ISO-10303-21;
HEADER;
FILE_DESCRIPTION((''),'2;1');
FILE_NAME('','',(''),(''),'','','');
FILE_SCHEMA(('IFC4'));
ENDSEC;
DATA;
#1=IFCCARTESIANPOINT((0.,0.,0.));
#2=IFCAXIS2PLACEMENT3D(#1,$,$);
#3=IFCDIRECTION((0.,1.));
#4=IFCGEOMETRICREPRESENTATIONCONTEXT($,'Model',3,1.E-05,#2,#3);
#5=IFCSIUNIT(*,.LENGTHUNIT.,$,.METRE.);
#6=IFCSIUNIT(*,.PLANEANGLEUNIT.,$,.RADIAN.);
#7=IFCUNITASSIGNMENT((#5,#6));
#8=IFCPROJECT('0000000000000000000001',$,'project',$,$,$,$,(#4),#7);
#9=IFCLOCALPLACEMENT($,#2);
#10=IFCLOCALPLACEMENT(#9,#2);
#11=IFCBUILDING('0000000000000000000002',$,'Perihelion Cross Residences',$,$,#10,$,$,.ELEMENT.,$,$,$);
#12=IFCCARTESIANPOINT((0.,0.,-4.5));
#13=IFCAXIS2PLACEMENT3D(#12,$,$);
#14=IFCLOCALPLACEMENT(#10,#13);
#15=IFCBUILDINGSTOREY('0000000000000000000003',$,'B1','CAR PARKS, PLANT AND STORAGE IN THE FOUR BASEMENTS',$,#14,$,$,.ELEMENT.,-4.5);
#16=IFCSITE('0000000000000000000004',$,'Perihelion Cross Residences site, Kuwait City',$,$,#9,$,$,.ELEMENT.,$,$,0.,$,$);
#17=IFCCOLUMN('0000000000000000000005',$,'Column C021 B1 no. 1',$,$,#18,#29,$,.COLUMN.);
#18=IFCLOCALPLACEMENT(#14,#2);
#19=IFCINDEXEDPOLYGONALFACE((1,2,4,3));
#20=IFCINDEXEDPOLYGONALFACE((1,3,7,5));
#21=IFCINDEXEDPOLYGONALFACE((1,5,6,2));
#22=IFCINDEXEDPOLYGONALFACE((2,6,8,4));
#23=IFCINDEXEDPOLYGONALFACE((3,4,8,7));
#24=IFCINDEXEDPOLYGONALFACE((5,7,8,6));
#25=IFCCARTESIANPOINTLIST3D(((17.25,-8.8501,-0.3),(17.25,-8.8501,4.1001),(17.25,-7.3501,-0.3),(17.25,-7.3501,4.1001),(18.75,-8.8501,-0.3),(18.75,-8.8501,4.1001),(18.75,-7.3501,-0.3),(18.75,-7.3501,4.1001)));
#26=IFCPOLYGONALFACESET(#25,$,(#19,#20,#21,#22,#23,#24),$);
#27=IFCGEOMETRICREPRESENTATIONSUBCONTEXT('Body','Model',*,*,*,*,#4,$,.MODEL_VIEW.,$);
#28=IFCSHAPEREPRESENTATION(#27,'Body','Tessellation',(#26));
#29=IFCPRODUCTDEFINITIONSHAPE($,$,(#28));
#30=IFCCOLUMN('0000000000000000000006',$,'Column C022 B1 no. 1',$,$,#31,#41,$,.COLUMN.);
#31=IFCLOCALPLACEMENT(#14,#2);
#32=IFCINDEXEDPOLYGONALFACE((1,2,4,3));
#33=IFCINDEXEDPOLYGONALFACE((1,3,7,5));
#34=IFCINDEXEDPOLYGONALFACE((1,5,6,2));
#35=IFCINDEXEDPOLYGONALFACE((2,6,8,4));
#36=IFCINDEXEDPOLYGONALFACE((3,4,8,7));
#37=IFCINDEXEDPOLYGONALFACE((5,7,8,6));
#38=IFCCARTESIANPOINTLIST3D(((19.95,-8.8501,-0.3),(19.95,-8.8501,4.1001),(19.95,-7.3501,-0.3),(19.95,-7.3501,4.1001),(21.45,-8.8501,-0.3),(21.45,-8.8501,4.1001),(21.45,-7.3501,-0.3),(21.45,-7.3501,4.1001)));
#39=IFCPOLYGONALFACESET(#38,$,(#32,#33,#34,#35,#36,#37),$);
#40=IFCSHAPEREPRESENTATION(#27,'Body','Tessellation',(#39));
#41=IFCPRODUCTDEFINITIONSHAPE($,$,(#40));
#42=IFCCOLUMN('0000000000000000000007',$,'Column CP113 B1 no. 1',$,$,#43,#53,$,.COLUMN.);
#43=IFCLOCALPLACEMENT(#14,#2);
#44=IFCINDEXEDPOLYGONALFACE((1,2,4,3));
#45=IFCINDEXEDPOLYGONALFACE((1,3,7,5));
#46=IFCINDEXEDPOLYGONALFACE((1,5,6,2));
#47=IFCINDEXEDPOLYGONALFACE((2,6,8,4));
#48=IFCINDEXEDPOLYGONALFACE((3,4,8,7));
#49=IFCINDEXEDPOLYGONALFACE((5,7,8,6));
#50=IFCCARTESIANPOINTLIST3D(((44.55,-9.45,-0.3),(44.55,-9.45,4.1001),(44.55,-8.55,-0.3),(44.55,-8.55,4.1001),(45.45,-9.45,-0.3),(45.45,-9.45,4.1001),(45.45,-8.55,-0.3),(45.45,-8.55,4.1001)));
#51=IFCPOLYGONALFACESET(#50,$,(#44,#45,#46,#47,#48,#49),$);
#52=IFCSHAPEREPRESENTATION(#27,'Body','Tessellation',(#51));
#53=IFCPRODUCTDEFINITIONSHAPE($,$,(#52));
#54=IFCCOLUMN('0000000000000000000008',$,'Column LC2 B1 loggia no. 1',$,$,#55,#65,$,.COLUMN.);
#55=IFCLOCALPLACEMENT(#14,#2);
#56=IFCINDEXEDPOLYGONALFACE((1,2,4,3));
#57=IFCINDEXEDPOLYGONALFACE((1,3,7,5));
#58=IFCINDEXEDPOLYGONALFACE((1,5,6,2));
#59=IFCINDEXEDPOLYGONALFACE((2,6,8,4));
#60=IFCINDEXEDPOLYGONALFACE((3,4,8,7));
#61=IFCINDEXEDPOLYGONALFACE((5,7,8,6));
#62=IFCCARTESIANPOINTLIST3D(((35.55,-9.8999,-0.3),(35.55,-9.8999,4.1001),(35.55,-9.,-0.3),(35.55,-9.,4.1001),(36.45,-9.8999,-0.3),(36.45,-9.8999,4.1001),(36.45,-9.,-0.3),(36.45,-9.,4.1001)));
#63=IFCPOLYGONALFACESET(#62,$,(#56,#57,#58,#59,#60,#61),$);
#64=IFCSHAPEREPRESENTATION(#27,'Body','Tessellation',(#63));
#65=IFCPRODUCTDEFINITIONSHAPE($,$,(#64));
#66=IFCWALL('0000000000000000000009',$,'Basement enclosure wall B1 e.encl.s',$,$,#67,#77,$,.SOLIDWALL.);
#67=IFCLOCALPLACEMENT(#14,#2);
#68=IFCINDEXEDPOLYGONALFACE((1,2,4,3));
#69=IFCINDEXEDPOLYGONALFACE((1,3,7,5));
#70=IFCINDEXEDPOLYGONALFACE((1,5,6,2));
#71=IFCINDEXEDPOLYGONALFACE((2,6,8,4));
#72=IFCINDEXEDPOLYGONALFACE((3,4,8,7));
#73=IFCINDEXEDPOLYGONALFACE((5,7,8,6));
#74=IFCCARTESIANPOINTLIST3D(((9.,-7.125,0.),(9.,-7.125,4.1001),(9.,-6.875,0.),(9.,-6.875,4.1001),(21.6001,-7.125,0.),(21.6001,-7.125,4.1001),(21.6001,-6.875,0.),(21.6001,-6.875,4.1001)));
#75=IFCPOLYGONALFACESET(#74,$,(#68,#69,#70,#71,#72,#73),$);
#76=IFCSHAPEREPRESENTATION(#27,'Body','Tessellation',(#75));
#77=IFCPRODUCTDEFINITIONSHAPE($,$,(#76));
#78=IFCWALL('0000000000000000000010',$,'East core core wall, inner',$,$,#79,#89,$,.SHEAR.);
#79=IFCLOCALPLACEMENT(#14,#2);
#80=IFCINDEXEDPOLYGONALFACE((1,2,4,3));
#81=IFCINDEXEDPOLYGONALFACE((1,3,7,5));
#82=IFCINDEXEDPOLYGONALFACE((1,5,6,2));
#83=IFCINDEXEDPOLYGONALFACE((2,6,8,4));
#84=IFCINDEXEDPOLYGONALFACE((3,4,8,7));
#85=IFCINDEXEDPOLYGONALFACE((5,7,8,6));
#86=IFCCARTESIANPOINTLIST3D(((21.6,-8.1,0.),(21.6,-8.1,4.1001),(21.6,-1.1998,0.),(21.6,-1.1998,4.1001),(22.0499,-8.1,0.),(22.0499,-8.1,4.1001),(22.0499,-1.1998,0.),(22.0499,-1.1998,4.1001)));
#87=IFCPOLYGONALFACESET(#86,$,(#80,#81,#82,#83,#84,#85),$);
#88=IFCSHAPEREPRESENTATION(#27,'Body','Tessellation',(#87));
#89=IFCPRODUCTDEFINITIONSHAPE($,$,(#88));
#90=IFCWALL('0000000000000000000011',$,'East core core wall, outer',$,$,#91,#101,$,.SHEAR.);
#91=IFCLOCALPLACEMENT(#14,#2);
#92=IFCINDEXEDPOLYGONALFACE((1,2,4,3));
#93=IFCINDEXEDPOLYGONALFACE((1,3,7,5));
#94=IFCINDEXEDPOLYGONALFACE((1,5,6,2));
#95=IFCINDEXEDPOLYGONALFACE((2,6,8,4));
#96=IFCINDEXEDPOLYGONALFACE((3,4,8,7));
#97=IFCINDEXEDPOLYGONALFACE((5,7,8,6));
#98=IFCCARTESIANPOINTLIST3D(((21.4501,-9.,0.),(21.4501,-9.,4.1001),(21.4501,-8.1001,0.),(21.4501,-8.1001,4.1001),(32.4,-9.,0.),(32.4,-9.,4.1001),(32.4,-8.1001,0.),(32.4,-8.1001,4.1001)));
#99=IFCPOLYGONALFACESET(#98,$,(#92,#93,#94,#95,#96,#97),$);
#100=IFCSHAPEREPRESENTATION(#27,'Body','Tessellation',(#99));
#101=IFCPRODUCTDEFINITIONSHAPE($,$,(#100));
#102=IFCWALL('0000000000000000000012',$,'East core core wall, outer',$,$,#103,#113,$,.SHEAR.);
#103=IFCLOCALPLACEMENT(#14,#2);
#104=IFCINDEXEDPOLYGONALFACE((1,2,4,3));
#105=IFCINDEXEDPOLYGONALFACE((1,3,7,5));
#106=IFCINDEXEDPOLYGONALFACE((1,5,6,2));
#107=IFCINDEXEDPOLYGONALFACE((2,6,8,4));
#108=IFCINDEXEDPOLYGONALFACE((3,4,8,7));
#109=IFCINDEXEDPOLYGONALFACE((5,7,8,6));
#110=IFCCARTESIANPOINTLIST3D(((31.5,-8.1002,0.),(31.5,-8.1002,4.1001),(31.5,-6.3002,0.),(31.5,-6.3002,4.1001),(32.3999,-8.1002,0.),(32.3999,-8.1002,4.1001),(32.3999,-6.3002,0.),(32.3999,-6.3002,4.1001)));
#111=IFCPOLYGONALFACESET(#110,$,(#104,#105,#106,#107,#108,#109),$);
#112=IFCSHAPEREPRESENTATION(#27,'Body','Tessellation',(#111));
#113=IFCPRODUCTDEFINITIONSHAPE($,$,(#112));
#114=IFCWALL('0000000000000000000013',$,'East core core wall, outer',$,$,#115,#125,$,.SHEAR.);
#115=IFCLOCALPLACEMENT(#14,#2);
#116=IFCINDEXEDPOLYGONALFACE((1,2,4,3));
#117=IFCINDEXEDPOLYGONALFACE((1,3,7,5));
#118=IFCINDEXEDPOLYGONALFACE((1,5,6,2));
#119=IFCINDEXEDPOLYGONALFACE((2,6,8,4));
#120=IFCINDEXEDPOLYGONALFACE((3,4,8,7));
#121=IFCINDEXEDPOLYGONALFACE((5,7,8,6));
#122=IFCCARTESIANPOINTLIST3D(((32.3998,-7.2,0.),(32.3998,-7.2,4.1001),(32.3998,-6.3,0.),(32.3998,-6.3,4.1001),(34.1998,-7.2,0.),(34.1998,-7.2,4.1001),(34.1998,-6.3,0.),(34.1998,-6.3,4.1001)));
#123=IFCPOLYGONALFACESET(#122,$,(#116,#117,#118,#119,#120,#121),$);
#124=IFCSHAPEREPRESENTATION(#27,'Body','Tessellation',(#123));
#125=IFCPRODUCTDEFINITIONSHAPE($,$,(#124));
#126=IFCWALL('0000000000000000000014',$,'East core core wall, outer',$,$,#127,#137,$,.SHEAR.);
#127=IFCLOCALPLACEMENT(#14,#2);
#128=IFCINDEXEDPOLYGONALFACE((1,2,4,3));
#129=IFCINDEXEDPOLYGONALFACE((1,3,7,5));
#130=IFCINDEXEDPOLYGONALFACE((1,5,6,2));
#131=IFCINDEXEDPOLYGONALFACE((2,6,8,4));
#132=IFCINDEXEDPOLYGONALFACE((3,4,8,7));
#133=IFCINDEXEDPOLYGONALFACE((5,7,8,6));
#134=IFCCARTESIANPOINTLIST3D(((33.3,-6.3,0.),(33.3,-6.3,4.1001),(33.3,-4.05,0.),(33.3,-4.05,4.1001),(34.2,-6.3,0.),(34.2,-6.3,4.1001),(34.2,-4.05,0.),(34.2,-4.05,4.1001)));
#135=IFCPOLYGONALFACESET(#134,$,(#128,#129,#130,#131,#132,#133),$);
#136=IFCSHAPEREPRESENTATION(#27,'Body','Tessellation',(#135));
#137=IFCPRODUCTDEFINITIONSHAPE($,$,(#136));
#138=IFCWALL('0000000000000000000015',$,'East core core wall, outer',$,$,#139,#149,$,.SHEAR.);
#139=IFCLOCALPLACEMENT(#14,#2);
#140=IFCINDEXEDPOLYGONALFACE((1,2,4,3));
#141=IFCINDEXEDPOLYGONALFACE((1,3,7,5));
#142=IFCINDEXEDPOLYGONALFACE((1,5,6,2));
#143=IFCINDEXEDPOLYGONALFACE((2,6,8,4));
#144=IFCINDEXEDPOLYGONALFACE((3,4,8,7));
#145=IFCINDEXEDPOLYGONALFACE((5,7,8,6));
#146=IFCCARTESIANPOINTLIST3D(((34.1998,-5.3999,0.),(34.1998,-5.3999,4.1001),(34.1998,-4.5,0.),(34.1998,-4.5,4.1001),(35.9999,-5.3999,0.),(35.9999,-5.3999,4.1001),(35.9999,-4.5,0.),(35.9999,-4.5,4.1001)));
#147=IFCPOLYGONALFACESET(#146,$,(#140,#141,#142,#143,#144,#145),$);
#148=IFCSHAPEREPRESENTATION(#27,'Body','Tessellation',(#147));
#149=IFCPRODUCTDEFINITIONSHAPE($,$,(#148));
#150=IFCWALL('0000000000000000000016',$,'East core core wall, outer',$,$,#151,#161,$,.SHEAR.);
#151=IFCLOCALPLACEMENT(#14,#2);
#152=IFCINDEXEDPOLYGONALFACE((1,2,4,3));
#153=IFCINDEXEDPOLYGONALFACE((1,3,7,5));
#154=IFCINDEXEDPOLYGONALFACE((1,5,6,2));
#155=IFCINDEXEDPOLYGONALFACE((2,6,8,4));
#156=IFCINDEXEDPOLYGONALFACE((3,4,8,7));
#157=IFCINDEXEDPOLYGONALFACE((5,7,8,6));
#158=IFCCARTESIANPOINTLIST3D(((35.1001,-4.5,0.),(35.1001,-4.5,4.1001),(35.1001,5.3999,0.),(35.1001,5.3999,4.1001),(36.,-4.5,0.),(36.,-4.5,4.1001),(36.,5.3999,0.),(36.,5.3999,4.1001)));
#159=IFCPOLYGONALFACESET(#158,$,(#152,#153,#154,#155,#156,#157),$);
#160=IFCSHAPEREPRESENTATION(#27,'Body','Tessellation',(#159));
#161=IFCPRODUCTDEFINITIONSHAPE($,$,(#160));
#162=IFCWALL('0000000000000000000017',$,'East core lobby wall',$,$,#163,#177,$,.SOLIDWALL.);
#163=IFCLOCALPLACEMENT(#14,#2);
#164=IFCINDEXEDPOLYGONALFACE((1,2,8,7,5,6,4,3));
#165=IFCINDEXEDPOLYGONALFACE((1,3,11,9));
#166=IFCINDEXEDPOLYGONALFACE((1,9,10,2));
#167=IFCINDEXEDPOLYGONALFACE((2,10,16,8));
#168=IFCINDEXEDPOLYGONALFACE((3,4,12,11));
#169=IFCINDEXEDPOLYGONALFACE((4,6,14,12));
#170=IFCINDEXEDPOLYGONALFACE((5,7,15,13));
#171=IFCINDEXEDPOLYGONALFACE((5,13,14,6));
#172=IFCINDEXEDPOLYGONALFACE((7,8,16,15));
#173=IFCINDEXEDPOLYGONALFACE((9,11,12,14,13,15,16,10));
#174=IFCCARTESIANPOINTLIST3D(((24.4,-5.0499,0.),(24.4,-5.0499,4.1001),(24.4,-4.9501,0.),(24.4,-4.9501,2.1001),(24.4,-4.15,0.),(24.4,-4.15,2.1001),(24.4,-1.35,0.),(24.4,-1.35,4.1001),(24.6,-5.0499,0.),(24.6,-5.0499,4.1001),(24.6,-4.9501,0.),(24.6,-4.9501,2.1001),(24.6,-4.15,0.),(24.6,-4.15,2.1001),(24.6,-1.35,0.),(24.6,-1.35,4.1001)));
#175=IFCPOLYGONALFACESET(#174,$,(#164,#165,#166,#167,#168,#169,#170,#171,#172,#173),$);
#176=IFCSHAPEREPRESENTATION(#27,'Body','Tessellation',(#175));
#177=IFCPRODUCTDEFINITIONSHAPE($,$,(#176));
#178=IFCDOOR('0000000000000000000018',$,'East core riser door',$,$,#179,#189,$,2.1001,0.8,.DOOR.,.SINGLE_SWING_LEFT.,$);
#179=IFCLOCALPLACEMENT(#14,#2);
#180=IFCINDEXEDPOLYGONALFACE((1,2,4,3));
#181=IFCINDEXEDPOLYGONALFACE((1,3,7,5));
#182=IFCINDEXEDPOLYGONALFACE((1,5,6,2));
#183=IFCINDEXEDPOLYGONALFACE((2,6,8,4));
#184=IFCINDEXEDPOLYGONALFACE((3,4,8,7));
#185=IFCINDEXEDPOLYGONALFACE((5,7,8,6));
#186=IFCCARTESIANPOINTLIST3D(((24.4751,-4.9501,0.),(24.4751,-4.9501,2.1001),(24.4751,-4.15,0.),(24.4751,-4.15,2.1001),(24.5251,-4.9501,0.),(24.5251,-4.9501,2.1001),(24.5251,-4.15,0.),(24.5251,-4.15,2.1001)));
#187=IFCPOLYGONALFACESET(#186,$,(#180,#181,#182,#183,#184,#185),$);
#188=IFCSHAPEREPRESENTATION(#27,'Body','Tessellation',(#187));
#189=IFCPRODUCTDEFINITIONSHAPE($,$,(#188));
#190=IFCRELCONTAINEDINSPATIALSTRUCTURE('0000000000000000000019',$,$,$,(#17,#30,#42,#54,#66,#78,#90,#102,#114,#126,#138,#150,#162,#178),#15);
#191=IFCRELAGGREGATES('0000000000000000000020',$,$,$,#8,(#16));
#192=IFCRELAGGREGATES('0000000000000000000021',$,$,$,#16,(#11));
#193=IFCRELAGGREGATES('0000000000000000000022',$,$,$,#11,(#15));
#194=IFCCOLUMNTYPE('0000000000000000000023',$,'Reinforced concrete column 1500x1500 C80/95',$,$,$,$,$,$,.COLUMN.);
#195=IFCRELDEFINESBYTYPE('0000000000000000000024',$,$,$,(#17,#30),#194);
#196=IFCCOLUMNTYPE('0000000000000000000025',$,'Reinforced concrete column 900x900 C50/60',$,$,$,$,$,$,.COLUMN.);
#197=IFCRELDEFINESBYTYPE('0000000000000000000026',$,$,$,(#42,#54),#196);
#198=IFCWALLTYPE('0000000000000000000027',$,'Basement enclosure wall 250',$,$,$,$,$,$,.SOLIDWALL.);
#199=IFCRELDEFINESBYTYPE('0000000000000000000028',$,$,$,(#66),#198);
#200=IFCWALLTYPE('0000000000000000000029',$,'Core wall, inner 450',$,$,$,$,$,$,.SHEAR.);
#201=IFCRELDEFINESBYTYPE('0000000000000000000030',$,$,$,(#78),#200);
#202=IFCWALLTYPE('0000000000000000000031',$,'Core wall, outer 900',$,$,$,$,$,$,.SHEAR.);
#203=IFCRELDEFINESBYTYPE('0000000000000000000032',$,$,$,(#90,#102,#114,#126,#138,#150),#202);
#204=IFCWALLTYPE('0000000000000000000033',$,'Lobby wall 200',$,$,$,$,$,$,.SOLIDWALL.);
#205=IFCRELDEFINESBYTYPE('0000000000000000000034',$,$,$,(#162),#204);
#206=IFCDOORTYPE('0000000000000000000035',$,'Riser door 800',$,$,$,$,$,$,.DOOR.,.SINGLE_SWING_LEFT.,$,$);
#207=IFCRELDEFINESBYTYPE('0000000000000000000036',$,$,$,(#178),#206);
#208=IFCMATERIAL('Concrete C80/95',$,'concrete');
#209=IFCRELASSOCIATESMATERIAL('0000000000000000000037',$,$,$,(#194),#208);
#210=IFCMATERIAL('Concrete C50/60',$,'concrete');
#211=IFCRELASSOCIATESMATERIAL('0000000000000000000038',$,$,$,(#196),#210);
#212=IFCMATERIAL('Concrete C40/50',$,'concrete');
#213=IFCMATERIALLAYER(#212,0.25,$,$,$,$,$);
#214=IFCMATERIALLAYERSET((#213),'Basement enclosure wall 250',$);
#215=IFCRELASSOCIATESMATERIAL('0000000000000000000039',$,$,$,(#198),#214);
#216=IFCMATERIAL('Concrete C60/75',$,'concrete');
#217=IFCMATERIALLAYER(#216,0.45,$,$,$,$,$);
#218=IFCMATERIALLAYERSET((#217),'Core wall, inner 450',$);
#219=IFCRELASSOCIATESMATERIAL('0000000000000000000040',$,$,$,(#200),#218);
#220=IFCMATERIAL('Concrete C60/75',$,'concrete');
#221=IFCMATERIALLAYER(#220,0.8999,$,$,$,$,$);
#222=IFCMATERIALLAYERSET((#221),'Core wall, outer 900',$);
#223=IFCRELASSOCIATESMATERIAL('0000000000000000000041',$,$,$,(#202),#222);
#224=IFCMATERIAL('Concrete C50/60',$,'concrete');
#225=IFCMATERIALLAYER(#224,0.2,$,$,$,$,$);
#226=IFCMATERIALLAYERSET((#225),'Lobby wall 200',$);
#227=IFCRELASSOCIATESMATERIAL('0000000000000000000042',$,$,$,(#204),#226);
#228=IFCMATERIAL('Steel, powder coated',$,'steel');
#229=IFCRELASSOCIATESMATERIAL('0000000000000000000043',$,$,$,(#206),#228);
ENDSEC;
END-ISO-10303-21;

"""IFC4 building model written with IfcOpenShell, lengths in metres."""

from ifc_helpers import new_model, si_unit, direction, frame, frame_2d, origin, origin_2d, place, context, subcontext, project, spatial, rectangle, extrude, material, layer, layer_set, material_profile, profile_set, type_object, element, fill, save


model = new_model("IFC4")

# Units and contexts
model_context = context("Model", 3, precision=1e-05, world=origin(), true_north=direction((0.0, 1.0)))
body_context = subcontext(model_context, "Body", "Model", "MODEL_VIEW")
ifc_project = project(units=[si_unit("LENGTHUNIT", "METRE"), si_unit("PLANEANGLEUNIT", "RADIAN")], contexts=[model_context])

# Site, building, storey
site_placement = place(None, origin())
site = spatial("IfcSite", under=ifc_project, at=site_placement, Name="Perihelion Cross Residences site, Kuwait City", CompositionType="ELEMENT", RefElevation=0.0)
building_placement = place(site_placement, origin())
building = spatial("IfcBuilding", under=site, at=building_placement, Name="Perihelion Cross Residences", CompositionType="ELEMENT")
storey_placement = place(building_placement, frame((0.0, 0.0, -4.5)))
storey = spatial("IfcBuildingStorey", under=building, at=storey_placement, Name="B1", Description="CAR PARKS, PLANT AND STORAGE IN THE FOUR BASEMENTS", CompositionType="ELEMENT", Elevation=-4.5)

# Columns
ifc_material_1 = material(Name="Concrete C80/95", Category="concrete")
ifc_material_profile_1 = material_profile(ifc_material_1, rectangle(XDim=1.5, YDim=1.5, at=origin_2d()), Name="RC 1500x1500")
ifc_profile_set_1 = profile_set([ifc_material_profile_1], Name="Concrete C80/95")
column_type_1 = type_object("IfcColumnType", Name="Reinforced concrete column 1500x1500 C80/95", PredefinedType="COLUMN", material=ifc_profile_set_1)
for number, where, z_axis, x_axis, name in (
    (1, (18.0, -8.1001, -0.3), (0.0, 0.0, 1.0), (1.0, 0.0, 0.0), "Column C021 B1 no. 1"),
    (2, (20.7, -8.1001, -0.3), (0.0, 0.0, 1.0), (1.0, 0.0, 0.0), "Column C022 B1 no. 1"),
):
    element("IfcColumn", number, at=place(storey_placement, frame(where, z_axis=z_axis, x_axis=x_axis)), inside=storey, type_object=column_type_1, Name=name, PredefinedType="COLUMN", context=body_context, shape_type="SweptSolid", body=[
        extrude(rectangle(XDim=1.5, YDim=1.5, at=origin_2d()), origin(), (0.0, 0.0, 1.0), 4.4001),
    ])
ifc_material_2 = material(Name="Concrete C50/60", Category="concrete")
ifc_material_profile_2 = material_profile(ifc_material_2, rectangle(XDim=0.8999, YDim=0.8999, at=origin_2d()), Name="RC 900x900")
ifc_profile_set_2 = profile_set([ifc_material_profile_2], Name="Concrete C50/60")
column_type_2 = type_object("IfcColumnType", Name="Reinforced concrete column 900x900 C50/60", PredefinedType="COLUMN", material=ifc_profile_set_2)
for number, where, z_axis, x_axis, name in (
    (3, (45.0, -9.0, -0.3), (0.0, 0.0, 1.0), (1.0, 0.0, 0.0), "Column CP113 B1 no. 1"),
    (4, (36.0, -9.45, -0.3), (0.0, 0.0, 1.0), (1.0, 0.0, 0.0), "Column LC2 B1 loggia no. 1"),
):
    element("IfcColumn", number, at=place(storey_placement, frame(where, z_axis=z_axis, x_axis=x_axis)), inside=storey, type_object=column_type_2, Name=name, PredefinedType="COLUMN", context=body_context, shape_type="SweptSolid", body=[
        extrude(rectangle(XDim=0.8999, YDim=0.8999, at=origin_2d()), origin(), (0.0, 0.0, 1.0), 4.4001),
    ])

# Walls
ifc_material_3 = material(Name="Concrete C40/50", Category="concrete")
ifc_layer_1 = layer(ifc_material_3, 0.25)
ifc_layer_set_1 = layer_set([ifc_layer_1], Name="Basement enclosure wall 250")
wall_type_1 = type_object("IfcWallType", Name="Basement enclosure wall 250", PredefinedType="SOLIDWALL", material=ifc_layer_set_1)
wall_1_placement = place(storey_placement, frame((9.0, -7.0, 0.0), z_axis=(0.0, 0.0, 1.0), x_axis=(1.0, 0.0, 0.0)))
element("IfcWall", 5, at=wall_1_placement, inside=storey, type_object=wall_type_1, Name="Basement enclosure wall B1 e.encl.s", PredefinedType="SOLIDWALL", context=body_context, shape_type="SweptSolid", body=[
    extrude(rectangle(XDim=12.6001, YDim=0.25, at=frame_2d((6.3, 0.0))), origin(), (0.0, 0.0, 1.0), 4.1001),
])
ifc_material_4 = material(Name="Concrete C60/75", Category="concrete")
ifc_layer_2 = layer(ifc_material_4, 0.45)
ifc_layer_set_2 = layer_set([ifc_layer_2], Name="Core wall, inner 450")
wall_type_2 = type_object("IfcWallType", Name="Core wall, inner 450", PredefinedType="SHEAR", material=ifc_layer_set_2)
wall_2_placement = place(storey_placement, frame((21.825, -8.1001, 0.0), z_axis=(0.0, 0.0, 1.0), x_axis=(0.0, 1.0, 0.0)))
element("IfcWall", 6, at=wall_2_placement, inside=storey, type_object=wall_type_2, Name="East core core wall, inner", PredefinedType="SHEAR", context=body_context, shape_type="SweptSolid", body=[
    extrude(rectangle(XDim=6.9001, YDim=0.45, at=frame_2d((3.4502, 0.0))), origin(), (0.0, 0.0, 1.0), 4.1001),
])
ifc_material_5 = material(Name="Concrete C60/75", Category="concrete")
ifc_layer_3 = layer(ifc_material_5, 0.8999)
ifc_layer_set_3 = layer_set([ifc_layer_3], Name="Core wall, outer 900")
wall_type_3 = type_object("IfcWallType", Name="Core wall, outer 900", PredefinedType="SHEAR", material=ifc_layer_set_3)
wall_3_placement = place(storey_placement, frame((21.45, -8.55, 0.0), z_axis=(0.0, 0.0, 1.0), x_axis=(1.0, 0.0, 0.0)))
element("IfcWall", 7, at=wall_3_placement, inside=storey, type_object=wall_type_3, Name="East core core wall, outer", PredefinedType="SHEAR", context=body_context, shape_type="SweptSolid", body=[
    extrude(rectangle(XDim=10.95, YDim=0.8999, at=frame_2d((5.4751, 0.0))), origin(), (0.0, 0.0, 1.0), 4.1001),
])
for number, where, z_axis, x_axis, name in (
    (8, (31.95, -8.1001, 0.0), (0.0, 0.0, 1.0), (0.0, 1.0, 0.0), "East core core wall, outer"),
    (9, (32.3999, -6.75, 0.0), (0.0, 0.0, 1.0), (1.0, 0.0, 0.0), "East core core wall, outer"),
):
    element("IfcWall", number, at=place(storey_placement, frame(where, z_axis=z_axis, x_axis=x_axis)), inside=storey, type_object=wall_type_3, Name=name, PredefinedType="SHEAR", context=body_context, shape_type="SweptSolid", body=[
        extrude(rectangle(XDim=1.8, YDim=0.8999, at=frame_2d((0.8999, 0.0))), origin(), (0.0, 0.0, 1.0), 4.1001),
    ])
wall_4_placement = place(storey_placement, frame((33.75, -6.3, 0.0), z_axis=(0.0, 0.0, 1.0), x_axis=(0.0, 1.0, 0.0)))
element("IfcWall", 10, at=wall_4_placement, inside=storey, type_object=wall_type_3, Name="East core core wall, outer", PredefinedType="SHEAR", context=body_context, shape_type="SweptSolid", body=[
    extrude(rectangle(XDim=2.25, YDim=0.8999, at=frame_2d((1.125, 0.0))), origin(), (0.0, 0.0, 1.0), 4.1001),
])
wall_5_placement = place(storey_placement, frame((34.2, -4.95, 0.0), z_axis=(0.0, 0.0, 1.0), x_axis=(1.0, 0.0, 0.0)))
element("IfcWall", 11, at=wall_5_placement, inside=storey, type_object=wall_type_3, Name="East core core wall, outer", PredefinedType="SHEAR", context=body_context, shape_type="SweptSolid", body=[
    extrude(rectangle(XDim=1.8, YDim=0.8999, at=frame_2d((0.8999, 0.0))), origin(), (0.0, 0.0, 1.0), 4.1001),
])
wall_6_placement = place(storey_placement, frame((35.55, -4.5, 0.0), z_axis=(0.0, 0.0, 1.0), x_axis=(0.0, 1.0, 0.0)))
element("IfcWall", 12, at=wall_6_placement, inside=storey, type_object=wall_type_3, Name="East core core wall, outer", PredefinedType="SHEAR", context=body_context, shape_type="SweptSolid", body=[
    extrude(rectangle(XDim=9.8999, YDim=0.8999, at=frame_2d((4.95, 0.0))), origin(), (0.0, 0.0, 1.0), 4.1001),
])

# Wall, opening, door
ifc_material_6 = material(Name="Concrete C50/60", Category="concrete")
ifc_layer_4 = layer(ifc_material_6, 0.2)
ifc_layer_set_4 = layer_set([ifc_layer_4], Name="Lobby wall 200")
wall_type_4 = type_object("IfcWallType", Name="Lobby wall 200", PredefinedType="SOLIDWALL", material=ifc_layer_set_4)
wall_7_placement = place(storey_placement, frame((24.5, -5.05, 0.0), z_axis=(0.0, 0.0, 1.0), x_axis=(0.0, 1.0, 0.0)))
wall_7 = element("IfcWall", 13, at=wall_7_placement, inside=storey, type_object=wall_type_4, Name="East core lobby wall", PredefinedType="SOLIDWALL", context=body_context, shape_type="SweptSolid", body=[
    extrude(rectangle(XDim=3.7, YDim=0.2, at=frame_2d((1.8501, 0.0))), origin(), (0.0, 0.0, 1.0), 4.1001),
])
opening_1_placement = place(wall_7_placement, frame((0.1001, 0.0, 0.0)))
opening_1 = element("IfcOpeningElement", 14, at=opening_1_placement, cuts=wall_7, PredefinedType="OPENING", context=body_context, shape_type="SweptSolid", body=[
    extrude(rectangle(XDim=0.8, YDim=2.1001, at=frame_2d((0.3999, 1.05))), frame((0.0, 0.1099, 0.0), z_axis=(0.0, -1.0, 0.0), x_axis=(1.0, 0.0, 0.0)), (0.0, 0.0, 1.0), 0.22),
])
ifc_material_7 = material(Name="Steel, powder coated", Category="steel")
door_type_1 = type_object("IfcDoorType", Name="Riser door 800", OperationType="SINGLE_SWING_LEFT", PredefinedType="DOOR", material=ifc_material_7)
door_1_placement = place(opening_1_placement, origin())
door_1 = element("IfcDoor", 15, at=door_1_placement, inside=storey, type_object=door_type_1, Name="East core riser door", OperationType="SINGLE_SWING_LEFT", OverallHeight=2.1001, OverallWidth=0.8, PredefinedType="DOOR", context=body_context, shape_type="SweptSolid", body=[
    extrude(rectangle(XDim=0.8, YDim=2.1001, at=frame_2d((0.3999, 1.05))), frame((0.0, 0.0249, 0.0), z_axis=(0.0, -1.0, 0.0), x_axis=(1.0, 0.0, 0.0)), (0.0, 0.0, 1.0), 0.05),
])
fill(opening_1, door_1)

save(model, "model.ifc")
